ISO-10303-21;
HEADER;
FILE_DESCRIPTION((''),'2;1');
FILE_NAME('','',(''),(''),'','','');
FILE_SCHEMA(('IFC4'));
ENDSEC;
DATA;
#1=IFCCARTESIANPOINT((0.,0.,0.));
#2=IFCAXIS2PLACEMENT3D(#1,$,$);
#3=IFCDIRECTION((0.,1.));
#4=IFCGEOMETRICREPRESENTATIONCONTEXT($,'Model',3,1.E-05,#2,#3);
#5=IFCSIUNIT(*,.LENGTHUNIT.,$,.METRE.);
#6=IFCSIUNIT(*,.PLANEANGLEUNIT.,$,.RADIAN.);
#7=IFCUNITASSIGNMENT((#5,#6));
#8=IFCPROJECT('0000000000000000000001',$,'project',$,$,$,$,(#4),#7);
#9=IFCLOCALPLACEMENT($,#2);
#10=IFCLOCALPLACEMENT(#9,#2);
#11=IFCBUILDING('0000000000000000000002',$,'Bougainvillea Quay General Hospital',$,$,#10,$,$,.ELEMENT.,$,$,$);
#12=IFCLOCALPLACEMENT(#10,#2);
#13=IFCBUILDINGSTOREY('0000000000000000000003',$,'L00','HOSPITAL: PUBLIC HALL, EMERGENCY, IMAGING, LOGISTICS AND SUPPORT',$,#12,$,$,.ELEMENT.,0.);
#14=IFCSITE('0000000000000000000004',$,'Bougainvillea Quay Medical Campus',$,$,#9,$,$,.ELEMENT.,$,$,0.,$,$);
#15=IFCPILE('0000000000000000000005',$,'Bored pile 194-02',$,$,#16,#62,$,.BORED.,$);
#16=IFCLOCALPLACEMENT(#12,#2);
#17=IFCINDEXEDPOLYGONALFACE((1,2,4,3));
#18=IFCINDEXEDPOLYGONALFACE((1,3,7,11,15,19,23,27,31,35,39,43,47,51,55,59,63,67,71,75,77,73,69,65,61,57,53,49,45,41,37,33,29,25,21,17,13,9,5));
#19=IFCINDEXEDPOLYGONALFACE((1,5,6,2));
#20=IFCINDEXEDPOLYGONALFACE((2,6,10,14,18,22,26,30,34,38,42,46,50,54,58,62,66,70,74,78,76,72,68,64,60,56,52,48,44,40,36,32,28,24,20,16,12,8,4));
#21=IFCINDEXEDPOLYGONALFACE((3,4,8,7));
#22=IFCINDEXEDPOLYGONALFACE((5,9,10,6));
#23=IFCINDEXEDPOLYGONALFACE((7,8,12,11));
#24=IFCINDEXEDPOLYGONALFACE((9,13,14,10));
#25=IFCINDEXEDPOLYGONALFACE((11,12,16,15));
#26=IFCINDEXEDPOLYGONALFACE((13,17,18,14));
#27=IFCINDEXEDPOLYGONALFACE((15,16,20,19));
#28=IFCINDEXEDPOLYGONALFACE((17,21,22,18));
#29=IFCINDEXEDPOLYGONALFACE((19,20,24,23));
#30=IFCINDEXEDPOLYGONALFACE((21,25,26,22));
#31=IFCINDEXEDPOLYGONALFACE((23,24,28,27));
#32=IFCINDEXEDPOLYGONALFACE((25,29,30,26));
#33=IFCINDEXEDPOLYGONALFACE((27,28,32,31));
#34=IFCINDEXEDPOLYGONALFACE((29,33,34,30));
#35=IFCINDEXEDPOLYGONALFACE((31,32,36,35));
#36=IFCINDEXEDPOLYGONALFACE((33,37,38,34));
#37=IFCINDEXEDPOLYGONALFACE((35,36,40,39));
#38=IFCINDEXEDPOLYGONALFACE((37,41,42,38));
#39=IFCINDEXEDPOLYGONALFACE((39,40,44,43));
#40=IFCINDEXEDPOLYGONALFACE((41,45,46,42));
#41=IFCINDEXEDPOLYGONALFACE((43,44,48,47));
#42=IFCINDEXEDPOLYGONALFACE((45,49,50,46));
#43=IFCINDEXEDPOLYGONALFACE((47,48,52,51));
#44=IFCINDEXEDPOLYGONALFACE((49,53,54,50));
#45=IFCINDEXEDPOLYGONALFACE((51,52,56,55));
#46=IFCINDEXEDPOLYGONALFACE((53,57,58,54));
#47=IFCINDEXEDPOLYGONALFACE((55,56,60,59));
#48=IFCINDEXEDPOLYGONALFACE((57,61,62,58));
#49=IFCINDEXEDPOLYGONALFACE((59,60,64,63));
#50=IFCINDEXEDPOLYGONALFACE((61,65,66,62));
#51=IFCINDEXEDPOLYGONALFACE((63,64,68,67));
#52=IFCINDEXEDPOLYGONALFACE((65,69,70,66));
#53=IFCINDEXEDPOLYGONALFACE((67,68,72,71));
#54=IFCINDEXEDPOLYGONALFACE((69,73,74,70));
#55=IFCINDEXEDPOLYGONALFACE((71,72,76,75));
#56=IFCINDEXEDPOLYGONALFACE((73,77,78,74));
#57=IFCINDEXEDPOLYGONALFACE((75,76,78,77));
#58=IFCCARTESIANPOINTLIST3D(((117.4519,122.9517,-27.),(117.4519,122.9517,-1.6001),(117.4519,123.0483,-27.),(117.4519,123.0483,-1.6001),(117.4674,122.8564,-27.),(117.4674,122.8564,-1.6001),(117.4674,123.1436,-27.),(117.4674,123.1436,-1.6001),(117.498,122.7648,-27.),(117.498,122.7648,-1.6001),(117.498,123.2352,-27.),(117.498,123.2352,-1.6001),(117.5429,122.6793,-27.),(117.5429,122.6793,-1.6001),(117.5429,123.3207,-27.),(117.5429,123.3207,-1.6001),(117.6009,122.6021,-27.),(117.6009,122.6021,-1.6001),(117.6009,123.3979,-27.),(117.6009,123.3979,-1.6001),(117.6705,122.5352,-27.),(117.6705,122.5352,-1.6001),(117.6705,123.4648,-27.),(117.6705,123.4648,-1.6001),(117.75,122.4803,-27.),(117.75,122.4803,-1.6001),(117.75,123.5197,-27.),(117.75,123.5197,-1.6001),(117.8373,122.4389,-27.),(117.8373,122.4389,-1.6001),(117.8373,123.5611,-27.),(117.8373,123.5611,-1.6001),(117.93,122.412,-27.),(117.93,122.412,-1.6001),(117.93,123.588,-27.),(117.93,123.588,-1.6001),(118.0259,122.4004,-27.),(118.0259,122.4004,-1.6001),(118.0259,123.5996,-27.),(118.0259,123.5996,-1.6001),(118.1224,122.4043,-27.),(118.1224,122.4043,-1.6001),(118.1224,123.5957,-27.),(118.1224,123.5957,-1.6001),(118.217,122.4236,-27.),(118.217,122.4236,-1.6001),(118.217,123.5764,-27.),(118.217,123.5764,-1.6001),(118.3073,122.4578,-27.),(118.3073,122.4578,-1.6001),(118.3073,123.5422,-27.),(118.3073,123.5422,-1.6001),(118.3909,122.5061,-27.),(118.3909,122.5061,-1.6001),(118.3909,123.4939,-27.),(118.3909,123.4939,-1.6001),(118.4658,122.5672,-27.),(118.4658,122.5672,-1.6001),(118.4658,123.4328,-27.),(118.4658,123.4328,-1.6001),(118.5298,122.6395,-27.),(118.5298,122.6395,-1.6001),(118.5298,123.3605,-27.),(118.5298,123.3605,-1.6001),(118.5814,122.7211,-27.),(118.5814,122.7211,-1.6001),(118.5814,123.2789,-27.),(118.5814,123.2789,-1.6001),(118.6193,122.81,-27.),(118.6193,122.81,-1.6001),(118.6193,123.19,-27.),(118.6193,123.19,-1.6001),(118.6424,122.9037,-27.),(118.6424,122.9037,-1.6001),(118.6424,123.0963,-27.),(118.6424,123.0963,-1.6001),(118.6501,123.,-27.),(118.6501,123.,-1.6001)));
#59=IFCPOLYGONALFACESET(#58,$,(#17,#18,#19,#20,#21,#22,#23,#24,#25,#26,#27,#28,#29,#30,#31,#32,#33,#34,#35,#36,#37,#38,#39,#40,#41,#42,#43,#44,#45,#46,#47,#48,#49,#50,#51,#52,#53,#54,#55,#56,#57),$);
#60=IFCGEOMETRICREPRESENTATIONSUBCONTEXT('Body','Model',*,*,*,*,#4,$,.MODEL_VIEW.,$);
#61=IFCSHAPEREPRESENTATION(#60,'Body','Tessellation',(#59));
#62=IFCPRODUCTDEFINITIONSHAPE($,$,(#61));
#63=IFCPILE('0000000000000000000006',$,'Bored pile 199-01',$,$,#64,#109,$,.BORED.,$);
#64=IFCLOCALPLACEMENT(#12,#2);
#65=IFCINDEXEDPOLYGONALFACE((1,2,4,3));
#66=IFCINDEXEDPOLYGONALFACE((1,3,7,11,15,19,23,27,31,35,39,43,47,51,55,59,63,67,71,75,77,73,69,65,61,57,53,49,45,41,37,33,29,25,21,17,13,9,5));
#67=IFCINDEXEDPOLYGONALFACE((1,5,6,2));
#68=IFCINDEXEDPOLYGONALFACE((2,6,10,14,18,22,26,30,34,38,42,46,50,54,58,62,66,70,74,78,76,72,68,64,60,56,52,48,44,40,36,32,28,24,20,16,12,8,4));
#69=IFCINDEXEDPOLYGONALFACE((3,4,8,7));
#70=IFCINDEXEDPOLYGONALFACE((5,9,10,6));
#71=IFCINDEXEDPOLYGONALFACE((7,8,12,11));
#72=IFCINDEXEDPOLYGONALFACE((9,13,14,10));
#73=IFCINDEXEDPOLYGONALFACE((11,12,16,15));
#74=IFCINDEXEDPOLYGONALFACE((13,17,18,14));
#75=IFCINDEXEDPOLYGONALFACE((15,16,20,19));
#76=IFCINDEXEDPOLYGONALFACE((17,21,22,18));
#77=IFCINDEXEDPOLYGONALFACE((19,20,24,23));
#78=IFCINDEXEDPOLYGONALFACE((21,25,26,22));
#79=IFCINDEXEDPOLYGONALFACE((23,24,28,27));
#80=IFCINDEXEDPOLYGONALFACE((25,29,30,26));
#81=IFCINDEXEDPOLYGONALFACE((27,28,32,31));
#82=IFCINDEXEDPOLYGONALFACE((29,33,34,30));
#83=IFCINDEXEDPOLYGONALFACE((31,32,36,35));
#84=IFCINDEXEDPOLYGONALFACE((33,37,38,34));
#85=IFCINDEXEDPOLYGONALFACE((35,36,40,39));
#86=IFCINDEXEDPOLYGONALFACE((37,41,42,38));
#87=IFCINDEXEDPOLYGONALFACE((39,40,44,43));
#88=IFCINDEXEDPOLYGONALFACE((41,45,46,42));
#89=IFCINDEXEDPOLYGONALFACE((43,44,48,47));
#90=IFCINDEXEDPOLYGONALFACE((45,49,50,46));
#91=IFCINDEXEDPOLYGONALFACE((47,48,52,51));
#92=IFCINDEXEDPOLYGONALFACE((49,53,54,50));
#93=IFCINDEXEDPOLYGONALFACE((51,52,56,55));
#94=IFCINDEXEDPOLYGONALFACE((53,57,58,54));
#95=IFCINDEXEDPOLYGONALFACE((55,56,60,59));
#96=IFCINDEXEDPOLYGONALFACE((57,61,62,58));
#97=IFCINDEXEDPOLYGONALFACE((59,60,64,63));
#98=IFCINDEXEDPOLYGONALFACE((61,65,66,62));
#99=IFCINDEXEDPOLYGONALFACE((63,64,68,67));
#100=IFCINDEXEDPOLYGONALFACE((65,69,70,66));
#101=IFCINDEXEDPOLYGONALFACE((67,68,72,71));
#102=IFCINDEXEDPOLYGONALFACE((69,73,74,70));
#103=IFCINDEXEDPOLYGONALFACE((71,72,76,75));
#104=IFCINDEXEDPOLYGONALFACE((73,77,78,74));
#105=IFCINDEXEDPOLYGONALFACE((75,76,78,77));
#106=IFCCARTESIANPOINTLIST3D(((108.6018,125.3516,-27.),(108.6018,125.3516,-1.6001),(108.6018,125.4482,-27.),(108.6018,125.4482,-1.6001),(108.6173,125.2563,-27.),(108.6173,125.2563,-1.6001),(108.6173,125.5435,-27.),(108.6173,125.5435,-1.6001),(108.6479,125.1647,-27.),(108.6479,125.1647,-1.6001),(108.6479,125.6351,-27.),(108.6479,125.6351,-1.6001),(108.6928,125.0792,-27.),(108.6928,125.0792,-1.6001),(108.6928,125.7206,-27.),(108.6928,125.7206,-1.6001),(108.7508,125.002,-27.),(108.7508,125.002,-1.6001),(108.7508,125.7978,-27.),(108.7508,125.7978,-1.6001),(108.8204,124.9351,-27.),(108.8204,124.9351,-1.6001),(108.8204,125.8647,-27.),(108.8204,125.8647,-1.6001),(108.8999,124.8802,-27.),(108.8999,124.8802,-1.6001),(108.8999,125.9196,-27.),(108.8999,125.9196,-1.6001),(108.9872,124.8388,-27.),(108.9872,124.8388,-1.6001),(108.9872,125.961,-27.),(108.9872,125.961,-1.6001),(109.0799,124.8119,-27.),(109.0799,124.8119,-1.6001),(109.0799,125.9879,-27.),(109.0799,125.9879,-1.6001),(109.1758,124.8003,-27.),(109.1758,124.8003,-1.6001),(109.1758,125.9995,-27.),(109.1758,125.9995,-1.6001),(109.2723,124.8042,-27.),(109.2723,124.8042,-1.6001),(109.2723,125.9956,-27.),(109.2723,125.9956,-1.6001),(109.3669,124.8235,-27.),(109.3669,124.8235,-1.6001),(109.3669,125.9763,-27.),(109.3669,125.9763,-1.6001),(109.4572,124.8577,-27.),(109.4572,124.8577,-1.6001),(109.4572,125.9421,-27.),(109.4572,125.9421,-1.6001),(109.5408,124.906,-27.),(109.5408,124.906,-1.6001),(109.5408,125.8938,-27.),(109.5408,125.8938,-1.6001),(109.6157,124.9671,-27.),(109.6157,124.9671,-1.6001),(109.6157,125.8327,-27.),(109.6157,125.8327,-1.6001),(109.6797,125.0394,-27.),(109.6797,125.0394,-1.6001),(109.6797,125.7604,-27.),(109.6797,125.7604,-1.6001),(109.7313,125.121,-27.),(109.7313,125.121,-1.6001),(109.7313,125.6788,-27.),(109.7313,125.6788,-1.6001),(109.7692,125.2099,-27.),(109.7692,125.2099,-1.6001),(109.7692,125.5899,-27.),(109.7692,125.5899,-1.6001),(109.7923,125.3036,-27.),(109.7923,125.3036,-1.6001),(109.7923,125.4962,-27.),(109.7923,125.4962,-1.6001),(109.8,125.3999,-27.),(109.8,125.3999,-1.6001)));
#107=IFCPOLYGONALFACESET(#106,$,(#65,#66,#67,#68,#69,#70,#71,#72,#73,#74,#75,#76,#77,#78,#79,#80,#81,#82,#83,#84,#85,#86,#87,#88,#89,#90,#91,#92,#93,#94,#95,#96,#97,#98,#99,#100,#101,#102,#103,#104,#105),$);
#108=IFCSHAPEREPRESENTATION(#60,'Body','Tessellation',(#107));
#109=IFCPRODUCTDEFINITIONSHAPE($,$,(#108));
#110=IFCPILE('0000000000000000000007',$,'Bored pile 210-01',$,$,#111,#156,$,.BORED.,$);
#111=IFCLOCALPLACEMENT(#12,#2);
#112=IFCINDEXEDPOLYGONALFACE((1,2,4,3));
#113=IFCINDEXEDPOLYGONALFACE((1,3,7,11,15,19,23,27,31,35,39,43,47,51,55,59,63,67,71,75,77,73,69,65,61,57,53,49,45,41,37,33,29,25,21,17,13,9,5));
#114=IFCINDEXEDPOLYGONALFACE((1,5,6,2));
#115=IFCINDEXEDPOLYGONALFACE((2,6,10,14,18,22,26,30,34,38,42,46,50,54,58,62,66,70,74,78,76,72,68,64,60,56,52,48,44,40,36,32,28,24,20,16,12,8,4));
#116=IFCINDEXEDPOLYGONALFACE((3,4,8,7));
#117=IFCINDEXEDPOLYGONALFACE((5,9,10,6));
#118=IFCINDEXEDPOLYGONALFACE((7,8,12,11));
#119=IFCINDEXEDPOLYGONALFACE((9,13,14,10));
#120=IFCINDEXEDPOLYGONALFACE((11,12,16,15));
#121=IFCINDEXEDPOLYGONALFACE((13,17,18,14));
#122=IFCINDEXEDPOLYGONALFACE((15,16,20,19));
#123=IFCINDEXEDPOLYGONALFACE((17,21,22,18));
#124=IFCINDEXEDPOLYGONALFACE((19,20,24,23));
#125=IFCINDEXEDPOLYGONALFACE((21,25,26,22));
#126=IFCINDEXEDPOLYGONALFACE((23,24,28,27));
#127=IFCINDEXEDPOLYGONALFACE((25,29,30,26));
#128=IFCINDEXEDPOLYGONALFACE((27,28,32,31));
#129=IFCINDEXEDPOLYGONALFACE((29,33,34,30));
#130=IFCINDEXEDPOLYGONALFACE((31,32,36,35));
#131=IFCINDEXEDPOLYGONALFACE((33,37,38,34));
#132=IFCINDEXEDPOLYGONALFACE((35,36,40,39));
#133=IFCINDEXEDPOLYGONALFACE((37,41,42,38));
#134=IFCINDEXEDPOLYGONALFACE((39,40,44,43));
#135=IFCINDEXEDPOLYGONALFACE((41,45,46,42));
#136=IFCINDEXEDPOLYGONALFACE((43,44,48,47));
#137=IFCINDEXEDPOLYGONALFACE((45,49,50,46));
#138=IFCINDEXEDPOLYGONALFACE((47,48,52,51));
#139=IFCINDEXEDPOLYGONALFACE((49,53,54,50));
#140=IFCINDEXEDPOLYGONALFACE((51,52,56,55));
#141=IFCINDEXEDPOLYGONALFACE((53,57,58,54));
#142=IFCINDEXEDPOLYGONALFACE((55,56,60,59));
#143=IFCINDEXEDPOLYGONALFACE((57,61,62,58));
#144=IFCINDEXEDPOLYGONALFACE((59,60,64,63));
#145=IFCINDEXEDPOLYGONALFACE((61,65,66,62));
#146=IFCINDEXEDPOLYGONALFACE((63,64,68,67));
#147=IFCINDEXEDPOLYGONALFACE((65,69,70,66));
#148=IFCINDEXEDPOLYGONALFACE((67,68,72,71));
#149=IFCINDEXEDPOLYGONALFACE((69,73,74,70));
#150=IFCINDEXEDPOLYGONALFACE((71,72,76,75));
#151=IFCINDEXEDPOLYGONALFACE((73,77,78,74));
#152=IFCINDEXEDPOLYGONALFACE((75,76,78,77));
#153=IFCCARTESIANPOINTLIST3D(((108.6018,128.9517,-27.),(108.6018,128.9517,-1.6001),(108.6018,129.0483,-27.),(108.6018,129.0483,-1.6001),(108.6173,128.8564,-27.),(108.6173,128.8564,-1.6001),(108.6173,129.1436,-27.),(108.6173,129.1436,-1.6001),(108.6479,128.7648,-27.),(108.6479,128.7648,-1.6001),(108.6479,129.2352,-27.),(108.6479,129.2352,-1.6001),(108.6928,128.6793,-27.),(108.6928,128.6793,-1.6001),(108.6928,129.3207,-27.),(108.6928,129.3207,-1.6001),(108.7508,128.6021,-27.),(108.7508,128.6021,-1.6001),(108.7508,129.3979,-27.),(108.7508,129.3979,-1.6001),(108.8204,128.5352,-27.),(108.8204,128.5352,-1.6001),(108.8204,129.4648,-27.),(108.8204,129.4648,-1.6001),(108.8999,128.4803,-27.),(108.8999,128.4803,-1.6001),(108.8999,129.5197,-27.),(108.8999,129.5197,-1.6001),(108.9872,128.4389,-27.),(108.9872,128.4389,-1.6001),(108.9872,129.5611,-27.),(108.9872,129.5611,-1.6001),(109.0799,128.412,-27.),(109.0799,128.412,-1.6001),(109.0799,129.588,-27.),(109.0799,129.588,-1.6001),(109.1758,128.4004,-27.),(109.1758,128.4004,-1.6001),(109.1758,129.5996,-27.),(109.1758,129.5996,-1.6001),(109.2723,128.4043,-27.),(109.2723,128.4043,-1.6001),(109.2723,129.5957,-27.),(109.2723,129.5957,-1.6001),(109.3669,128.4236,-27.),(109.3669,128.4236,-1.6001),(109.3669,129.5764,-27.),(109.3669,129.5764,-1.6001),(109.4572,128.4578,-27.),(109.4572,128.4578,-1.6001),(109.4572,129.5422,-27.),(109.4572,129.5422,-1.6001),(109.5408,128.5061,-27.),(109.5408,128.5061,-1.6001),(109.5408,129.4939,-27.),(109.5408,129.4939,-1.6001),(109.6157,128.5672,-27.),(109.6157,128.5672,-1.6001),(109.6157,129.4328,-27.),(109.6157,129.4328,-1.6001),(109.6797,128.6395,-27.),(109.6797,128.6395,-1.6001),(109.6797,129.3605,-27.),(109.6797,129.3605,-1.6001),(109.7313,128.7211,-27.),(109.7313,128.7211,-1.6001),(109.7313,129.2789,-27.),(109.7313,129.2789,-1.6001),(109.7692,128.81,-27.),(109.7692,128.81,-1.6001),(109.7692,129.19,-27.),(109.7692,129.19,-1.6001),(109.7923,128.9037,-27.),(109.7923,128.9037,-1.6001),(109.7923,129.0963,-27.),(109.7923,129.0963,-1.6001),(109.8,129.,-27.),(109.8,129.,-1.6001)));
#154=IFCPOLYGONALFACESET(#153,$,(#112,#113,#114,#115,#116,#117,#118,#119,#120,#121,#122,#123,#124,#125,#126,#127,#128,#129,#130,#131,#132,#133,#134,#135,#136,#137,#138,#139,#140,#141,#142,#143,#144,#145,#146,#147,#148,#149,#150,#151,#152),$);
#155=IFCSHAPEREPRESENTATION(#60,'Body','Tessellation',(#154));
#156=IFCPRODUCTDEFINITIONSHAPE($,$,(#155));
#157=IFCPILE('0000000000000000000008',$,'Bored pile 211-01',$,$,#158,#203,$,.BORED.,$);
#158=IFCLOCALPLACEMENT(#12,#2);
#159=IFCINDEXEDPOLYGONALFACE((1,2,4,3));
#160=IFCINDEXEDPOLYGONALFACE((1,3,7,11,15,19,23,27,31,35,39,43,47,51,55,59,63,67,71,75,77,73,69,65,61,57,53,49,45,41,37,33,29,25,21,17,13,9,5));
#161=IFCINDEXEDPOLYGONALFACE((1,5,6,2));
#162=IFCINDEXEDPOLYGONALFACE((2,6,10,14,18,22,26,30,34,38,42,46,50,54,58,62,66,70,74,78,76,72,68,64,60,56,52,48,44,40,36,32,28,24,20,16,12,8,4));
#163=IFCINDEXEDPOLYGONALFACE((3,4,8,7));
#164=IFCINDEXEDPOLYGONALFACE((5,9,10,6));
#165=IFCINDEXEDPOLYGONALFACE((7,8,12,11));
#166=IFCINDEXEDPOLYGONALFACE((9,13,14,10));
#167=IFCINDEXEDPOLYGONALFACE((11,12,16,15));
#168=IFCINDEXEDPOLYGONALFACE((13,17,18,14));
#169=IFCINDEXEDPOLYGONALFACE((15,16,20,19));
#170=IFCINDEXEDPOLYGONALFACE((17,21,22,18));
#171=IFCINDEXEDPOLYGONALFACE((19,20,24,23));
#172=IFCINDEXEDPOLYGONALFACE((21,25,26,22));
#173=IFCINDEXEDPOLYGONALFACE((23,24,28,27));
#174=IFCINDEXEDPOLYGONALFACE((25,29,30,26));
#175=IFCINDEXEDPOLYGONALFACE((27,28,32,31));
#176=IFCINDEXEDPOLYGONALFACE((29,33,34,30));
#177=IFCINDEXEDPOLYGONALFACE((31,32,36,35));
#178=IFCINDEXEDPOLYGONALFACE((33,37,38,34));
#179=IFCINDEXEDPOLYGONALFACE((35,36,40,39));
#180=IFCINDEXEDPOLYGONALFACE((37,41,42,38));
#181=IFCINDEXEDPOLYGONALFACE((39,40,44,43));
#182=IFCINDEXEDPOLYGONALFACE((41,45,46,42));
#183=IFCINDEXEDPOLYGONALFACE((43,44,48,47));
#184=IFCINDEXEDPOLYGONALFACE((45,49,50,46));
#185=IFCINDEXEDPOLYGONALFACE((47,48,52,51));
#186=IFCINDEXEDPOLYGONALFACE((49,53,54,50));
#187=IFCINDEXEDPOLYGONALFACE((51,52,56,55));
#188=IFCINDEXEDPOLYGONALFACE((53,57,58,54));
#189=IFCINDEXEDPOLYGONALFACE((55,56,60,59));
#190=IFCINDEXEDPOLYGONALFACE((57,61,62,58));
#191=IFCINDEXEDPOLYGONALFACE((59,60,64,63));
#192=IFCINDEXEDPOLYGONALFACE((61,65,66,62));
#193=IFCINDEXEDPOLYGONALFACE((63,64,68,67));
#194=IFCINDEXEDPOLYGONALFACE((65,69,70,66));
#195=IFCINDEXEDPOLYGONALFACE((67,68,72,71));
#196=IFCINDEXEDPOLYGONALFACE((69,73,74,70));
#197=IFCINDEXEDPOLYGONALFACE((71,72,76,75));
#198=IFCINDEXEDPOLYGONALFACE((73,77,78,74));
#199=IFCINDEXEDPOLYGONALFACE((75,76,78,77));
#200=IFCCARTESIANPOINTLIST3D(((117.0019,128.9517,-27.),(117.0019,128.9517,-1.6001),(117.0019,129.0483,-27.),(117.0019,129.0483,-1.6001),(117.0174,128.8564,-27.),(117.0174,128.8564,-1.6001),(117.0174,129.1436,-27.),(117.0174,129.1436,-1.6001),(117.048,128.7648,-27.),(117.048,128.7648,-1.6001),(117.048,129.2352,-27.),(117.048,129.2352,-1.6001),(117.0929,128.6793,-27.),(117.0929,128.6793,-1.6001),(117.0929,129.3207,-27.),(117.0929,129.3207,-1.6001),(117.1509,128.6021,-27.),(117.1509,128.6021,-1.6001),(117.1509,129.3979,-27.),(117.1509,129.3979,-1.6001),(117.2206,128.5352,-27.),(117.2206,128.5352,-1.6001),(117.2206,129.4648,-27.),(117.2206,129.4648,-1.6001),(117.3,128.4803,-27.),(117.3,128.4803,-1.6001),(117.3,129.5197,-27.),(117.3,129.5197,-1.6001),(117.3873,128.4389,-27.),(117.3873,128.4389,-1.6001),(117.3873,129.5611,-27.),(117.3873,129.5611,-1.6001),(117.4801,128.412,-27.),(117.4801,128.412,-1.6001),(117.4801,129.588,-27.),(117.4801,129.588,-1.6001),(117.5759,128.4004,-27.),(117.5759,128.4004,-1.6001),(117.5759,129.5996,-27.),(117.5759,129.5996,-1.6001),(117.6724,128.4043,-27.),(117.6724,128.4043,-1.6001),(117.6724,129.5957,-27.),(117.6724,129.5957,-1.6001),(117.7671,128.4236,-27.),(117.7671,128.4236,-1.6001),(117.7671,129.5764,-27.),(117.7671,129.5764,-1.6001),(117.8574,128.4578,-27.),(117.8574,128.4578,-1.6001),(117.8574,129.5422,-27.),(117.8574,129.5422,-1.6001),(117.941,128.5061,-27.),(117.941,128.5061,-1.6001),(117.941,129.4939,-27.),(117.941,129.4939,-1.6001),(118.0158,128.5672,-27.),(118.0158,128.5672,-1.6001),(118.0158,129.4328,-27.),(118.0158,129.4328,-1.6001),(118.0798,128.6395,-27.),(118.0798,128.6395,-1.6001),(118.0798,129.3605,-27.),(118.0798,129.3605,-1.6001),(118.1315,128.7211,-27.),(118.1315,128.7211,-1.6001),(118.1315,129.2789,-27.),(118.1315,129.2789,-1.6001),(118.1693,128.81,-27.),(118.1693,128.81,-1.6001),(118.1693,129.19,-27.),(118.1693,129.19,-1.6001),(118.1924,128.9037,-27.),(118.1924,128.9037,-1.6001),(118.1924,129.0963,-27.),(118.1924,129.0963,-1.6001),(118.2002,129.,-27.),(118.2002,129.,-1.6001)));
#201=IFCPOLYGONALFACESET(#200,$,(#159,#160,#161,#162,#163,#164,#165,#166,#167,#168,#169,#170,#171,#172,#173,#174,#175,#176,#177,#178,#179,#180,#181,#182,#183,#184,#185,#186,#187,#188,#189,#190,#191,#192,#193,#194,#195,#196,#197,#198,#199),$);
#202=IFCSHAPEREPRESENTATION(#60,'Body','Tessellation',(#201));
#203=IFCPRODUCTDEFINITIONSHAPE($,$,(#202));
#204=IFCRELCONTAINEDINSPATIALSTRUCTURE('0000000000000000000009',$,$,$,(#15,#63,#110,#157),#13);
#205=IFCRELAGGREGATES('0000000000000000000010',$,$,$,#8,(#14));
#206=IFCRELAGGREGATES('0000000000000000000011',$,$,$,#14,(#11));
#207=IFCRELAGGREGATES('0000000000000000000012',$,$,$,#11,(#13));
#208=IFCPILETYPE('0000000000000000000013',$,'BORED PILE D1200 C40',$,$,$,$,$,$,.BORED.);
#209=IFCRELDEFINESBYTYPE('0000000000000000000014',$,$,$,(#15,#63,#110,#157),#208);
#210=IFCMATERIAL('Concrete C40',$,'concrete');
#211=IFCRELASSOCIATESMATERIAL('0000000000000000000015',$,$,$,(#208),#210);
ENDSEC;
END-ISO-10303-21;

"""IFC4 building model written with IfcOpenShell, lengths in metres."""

from ifc_helpers import new_model, si_unit, direction, frame, origin, origin_2d, place, context, subcontext, project, spatial, circle, extrude, material, material_profile, profile_set, type_object, element, save


model = new_model("IFC4")

# Units and contexts
model_context = context("Model", 3, precision=1e-05, world=origin(), true_north=direction((0.0, 1.0)))
body_context = subcontext(model_context, "Body", "Model", "MODEL_VIEW")
ifc_project = project(units=[si_unit("LENGTHUNIT", "METRE"), si_unit("PLANEANGLEUNIT", "RADIAN")], contexts=[model_context])

# Site, building, storey
site_placement = place(None, origin())
site = spatial("IfcSite", under=ifc_project, at=site_placement, Name="Bougainvillea Quay Medical Campus", CompositionType="ELEMENT", RefElevation=0.0)
building_placement = place(site_placement, origin())
building = spatial("IfcBuilding", under=site, at=building_placement, Name="Bougainvillea Quay General Hospital", CompositionType="ELEMENT")
storey_placement = place(building_placement, origin())
storey = spatial("IfcBuildingStorey", under=building, at=storey_placement, Name="L00", Description="HOSPITAL: PUBLIC HALL, EMERGENCY, IMAGING, LOGISTICS AND SUPPORT", CompositionType="ELEMENT", Elevation=0.0)

# Piles
ifc_material_1 = material(Name="Concrete C40", Category="concrete")
ifc_material_profile_1 = material_profile(ifc_material_1, circle(Radius=0.6001, at=origin_2d()))
ifc_profile_set_1 = profile_set([ifc_material_profile_1], Name="Concrete C40")
pile_type = type_object("IfcPileType", Name="BORED PILE D1200 C40", PredefinedType="BORED", material=ifc_profile_set_1)
for number, where, z_axis, x_axis, name in (
    (1, (118.05, 123.0, -1.6001), (0.0, 0.0, -1.0), (1.0, 0.0, 0.0), "Bored pile 194-02"),
    (2, (109.2, 125.3999, -1.6001), (0.0, 0.0, -1.0), (1.0, 0.0, 0.0), "Bored pile 199-01"),
    (3, (109.2, 129.0, -1.6001), (0.0, 0.0, -1.0), (1.0, 0.0, 0.0), "Bored pile 210-01"),
    (4, (117.6001, 129.0, -1.6001), (0.0, 0.0, -1.0), (1.0, 0.0, 0.0), "Bored pile 211-01"),
):
    element("IfcPile", number, at=place(storey_placement, frame(where, z_axis=z_axis, x_axis=x_axis)), inside=storey, type_object=pile_type, Name=name, PredefinedType="BORED", context=body_context, shape_type="SweptSolid", body=[
        extrude(circle(Radius=0.6001, at=origin_2d()), origin(), (0.0, 0.0, 1.0), 25.3999),
    ])

save(model, "model.ifc")
